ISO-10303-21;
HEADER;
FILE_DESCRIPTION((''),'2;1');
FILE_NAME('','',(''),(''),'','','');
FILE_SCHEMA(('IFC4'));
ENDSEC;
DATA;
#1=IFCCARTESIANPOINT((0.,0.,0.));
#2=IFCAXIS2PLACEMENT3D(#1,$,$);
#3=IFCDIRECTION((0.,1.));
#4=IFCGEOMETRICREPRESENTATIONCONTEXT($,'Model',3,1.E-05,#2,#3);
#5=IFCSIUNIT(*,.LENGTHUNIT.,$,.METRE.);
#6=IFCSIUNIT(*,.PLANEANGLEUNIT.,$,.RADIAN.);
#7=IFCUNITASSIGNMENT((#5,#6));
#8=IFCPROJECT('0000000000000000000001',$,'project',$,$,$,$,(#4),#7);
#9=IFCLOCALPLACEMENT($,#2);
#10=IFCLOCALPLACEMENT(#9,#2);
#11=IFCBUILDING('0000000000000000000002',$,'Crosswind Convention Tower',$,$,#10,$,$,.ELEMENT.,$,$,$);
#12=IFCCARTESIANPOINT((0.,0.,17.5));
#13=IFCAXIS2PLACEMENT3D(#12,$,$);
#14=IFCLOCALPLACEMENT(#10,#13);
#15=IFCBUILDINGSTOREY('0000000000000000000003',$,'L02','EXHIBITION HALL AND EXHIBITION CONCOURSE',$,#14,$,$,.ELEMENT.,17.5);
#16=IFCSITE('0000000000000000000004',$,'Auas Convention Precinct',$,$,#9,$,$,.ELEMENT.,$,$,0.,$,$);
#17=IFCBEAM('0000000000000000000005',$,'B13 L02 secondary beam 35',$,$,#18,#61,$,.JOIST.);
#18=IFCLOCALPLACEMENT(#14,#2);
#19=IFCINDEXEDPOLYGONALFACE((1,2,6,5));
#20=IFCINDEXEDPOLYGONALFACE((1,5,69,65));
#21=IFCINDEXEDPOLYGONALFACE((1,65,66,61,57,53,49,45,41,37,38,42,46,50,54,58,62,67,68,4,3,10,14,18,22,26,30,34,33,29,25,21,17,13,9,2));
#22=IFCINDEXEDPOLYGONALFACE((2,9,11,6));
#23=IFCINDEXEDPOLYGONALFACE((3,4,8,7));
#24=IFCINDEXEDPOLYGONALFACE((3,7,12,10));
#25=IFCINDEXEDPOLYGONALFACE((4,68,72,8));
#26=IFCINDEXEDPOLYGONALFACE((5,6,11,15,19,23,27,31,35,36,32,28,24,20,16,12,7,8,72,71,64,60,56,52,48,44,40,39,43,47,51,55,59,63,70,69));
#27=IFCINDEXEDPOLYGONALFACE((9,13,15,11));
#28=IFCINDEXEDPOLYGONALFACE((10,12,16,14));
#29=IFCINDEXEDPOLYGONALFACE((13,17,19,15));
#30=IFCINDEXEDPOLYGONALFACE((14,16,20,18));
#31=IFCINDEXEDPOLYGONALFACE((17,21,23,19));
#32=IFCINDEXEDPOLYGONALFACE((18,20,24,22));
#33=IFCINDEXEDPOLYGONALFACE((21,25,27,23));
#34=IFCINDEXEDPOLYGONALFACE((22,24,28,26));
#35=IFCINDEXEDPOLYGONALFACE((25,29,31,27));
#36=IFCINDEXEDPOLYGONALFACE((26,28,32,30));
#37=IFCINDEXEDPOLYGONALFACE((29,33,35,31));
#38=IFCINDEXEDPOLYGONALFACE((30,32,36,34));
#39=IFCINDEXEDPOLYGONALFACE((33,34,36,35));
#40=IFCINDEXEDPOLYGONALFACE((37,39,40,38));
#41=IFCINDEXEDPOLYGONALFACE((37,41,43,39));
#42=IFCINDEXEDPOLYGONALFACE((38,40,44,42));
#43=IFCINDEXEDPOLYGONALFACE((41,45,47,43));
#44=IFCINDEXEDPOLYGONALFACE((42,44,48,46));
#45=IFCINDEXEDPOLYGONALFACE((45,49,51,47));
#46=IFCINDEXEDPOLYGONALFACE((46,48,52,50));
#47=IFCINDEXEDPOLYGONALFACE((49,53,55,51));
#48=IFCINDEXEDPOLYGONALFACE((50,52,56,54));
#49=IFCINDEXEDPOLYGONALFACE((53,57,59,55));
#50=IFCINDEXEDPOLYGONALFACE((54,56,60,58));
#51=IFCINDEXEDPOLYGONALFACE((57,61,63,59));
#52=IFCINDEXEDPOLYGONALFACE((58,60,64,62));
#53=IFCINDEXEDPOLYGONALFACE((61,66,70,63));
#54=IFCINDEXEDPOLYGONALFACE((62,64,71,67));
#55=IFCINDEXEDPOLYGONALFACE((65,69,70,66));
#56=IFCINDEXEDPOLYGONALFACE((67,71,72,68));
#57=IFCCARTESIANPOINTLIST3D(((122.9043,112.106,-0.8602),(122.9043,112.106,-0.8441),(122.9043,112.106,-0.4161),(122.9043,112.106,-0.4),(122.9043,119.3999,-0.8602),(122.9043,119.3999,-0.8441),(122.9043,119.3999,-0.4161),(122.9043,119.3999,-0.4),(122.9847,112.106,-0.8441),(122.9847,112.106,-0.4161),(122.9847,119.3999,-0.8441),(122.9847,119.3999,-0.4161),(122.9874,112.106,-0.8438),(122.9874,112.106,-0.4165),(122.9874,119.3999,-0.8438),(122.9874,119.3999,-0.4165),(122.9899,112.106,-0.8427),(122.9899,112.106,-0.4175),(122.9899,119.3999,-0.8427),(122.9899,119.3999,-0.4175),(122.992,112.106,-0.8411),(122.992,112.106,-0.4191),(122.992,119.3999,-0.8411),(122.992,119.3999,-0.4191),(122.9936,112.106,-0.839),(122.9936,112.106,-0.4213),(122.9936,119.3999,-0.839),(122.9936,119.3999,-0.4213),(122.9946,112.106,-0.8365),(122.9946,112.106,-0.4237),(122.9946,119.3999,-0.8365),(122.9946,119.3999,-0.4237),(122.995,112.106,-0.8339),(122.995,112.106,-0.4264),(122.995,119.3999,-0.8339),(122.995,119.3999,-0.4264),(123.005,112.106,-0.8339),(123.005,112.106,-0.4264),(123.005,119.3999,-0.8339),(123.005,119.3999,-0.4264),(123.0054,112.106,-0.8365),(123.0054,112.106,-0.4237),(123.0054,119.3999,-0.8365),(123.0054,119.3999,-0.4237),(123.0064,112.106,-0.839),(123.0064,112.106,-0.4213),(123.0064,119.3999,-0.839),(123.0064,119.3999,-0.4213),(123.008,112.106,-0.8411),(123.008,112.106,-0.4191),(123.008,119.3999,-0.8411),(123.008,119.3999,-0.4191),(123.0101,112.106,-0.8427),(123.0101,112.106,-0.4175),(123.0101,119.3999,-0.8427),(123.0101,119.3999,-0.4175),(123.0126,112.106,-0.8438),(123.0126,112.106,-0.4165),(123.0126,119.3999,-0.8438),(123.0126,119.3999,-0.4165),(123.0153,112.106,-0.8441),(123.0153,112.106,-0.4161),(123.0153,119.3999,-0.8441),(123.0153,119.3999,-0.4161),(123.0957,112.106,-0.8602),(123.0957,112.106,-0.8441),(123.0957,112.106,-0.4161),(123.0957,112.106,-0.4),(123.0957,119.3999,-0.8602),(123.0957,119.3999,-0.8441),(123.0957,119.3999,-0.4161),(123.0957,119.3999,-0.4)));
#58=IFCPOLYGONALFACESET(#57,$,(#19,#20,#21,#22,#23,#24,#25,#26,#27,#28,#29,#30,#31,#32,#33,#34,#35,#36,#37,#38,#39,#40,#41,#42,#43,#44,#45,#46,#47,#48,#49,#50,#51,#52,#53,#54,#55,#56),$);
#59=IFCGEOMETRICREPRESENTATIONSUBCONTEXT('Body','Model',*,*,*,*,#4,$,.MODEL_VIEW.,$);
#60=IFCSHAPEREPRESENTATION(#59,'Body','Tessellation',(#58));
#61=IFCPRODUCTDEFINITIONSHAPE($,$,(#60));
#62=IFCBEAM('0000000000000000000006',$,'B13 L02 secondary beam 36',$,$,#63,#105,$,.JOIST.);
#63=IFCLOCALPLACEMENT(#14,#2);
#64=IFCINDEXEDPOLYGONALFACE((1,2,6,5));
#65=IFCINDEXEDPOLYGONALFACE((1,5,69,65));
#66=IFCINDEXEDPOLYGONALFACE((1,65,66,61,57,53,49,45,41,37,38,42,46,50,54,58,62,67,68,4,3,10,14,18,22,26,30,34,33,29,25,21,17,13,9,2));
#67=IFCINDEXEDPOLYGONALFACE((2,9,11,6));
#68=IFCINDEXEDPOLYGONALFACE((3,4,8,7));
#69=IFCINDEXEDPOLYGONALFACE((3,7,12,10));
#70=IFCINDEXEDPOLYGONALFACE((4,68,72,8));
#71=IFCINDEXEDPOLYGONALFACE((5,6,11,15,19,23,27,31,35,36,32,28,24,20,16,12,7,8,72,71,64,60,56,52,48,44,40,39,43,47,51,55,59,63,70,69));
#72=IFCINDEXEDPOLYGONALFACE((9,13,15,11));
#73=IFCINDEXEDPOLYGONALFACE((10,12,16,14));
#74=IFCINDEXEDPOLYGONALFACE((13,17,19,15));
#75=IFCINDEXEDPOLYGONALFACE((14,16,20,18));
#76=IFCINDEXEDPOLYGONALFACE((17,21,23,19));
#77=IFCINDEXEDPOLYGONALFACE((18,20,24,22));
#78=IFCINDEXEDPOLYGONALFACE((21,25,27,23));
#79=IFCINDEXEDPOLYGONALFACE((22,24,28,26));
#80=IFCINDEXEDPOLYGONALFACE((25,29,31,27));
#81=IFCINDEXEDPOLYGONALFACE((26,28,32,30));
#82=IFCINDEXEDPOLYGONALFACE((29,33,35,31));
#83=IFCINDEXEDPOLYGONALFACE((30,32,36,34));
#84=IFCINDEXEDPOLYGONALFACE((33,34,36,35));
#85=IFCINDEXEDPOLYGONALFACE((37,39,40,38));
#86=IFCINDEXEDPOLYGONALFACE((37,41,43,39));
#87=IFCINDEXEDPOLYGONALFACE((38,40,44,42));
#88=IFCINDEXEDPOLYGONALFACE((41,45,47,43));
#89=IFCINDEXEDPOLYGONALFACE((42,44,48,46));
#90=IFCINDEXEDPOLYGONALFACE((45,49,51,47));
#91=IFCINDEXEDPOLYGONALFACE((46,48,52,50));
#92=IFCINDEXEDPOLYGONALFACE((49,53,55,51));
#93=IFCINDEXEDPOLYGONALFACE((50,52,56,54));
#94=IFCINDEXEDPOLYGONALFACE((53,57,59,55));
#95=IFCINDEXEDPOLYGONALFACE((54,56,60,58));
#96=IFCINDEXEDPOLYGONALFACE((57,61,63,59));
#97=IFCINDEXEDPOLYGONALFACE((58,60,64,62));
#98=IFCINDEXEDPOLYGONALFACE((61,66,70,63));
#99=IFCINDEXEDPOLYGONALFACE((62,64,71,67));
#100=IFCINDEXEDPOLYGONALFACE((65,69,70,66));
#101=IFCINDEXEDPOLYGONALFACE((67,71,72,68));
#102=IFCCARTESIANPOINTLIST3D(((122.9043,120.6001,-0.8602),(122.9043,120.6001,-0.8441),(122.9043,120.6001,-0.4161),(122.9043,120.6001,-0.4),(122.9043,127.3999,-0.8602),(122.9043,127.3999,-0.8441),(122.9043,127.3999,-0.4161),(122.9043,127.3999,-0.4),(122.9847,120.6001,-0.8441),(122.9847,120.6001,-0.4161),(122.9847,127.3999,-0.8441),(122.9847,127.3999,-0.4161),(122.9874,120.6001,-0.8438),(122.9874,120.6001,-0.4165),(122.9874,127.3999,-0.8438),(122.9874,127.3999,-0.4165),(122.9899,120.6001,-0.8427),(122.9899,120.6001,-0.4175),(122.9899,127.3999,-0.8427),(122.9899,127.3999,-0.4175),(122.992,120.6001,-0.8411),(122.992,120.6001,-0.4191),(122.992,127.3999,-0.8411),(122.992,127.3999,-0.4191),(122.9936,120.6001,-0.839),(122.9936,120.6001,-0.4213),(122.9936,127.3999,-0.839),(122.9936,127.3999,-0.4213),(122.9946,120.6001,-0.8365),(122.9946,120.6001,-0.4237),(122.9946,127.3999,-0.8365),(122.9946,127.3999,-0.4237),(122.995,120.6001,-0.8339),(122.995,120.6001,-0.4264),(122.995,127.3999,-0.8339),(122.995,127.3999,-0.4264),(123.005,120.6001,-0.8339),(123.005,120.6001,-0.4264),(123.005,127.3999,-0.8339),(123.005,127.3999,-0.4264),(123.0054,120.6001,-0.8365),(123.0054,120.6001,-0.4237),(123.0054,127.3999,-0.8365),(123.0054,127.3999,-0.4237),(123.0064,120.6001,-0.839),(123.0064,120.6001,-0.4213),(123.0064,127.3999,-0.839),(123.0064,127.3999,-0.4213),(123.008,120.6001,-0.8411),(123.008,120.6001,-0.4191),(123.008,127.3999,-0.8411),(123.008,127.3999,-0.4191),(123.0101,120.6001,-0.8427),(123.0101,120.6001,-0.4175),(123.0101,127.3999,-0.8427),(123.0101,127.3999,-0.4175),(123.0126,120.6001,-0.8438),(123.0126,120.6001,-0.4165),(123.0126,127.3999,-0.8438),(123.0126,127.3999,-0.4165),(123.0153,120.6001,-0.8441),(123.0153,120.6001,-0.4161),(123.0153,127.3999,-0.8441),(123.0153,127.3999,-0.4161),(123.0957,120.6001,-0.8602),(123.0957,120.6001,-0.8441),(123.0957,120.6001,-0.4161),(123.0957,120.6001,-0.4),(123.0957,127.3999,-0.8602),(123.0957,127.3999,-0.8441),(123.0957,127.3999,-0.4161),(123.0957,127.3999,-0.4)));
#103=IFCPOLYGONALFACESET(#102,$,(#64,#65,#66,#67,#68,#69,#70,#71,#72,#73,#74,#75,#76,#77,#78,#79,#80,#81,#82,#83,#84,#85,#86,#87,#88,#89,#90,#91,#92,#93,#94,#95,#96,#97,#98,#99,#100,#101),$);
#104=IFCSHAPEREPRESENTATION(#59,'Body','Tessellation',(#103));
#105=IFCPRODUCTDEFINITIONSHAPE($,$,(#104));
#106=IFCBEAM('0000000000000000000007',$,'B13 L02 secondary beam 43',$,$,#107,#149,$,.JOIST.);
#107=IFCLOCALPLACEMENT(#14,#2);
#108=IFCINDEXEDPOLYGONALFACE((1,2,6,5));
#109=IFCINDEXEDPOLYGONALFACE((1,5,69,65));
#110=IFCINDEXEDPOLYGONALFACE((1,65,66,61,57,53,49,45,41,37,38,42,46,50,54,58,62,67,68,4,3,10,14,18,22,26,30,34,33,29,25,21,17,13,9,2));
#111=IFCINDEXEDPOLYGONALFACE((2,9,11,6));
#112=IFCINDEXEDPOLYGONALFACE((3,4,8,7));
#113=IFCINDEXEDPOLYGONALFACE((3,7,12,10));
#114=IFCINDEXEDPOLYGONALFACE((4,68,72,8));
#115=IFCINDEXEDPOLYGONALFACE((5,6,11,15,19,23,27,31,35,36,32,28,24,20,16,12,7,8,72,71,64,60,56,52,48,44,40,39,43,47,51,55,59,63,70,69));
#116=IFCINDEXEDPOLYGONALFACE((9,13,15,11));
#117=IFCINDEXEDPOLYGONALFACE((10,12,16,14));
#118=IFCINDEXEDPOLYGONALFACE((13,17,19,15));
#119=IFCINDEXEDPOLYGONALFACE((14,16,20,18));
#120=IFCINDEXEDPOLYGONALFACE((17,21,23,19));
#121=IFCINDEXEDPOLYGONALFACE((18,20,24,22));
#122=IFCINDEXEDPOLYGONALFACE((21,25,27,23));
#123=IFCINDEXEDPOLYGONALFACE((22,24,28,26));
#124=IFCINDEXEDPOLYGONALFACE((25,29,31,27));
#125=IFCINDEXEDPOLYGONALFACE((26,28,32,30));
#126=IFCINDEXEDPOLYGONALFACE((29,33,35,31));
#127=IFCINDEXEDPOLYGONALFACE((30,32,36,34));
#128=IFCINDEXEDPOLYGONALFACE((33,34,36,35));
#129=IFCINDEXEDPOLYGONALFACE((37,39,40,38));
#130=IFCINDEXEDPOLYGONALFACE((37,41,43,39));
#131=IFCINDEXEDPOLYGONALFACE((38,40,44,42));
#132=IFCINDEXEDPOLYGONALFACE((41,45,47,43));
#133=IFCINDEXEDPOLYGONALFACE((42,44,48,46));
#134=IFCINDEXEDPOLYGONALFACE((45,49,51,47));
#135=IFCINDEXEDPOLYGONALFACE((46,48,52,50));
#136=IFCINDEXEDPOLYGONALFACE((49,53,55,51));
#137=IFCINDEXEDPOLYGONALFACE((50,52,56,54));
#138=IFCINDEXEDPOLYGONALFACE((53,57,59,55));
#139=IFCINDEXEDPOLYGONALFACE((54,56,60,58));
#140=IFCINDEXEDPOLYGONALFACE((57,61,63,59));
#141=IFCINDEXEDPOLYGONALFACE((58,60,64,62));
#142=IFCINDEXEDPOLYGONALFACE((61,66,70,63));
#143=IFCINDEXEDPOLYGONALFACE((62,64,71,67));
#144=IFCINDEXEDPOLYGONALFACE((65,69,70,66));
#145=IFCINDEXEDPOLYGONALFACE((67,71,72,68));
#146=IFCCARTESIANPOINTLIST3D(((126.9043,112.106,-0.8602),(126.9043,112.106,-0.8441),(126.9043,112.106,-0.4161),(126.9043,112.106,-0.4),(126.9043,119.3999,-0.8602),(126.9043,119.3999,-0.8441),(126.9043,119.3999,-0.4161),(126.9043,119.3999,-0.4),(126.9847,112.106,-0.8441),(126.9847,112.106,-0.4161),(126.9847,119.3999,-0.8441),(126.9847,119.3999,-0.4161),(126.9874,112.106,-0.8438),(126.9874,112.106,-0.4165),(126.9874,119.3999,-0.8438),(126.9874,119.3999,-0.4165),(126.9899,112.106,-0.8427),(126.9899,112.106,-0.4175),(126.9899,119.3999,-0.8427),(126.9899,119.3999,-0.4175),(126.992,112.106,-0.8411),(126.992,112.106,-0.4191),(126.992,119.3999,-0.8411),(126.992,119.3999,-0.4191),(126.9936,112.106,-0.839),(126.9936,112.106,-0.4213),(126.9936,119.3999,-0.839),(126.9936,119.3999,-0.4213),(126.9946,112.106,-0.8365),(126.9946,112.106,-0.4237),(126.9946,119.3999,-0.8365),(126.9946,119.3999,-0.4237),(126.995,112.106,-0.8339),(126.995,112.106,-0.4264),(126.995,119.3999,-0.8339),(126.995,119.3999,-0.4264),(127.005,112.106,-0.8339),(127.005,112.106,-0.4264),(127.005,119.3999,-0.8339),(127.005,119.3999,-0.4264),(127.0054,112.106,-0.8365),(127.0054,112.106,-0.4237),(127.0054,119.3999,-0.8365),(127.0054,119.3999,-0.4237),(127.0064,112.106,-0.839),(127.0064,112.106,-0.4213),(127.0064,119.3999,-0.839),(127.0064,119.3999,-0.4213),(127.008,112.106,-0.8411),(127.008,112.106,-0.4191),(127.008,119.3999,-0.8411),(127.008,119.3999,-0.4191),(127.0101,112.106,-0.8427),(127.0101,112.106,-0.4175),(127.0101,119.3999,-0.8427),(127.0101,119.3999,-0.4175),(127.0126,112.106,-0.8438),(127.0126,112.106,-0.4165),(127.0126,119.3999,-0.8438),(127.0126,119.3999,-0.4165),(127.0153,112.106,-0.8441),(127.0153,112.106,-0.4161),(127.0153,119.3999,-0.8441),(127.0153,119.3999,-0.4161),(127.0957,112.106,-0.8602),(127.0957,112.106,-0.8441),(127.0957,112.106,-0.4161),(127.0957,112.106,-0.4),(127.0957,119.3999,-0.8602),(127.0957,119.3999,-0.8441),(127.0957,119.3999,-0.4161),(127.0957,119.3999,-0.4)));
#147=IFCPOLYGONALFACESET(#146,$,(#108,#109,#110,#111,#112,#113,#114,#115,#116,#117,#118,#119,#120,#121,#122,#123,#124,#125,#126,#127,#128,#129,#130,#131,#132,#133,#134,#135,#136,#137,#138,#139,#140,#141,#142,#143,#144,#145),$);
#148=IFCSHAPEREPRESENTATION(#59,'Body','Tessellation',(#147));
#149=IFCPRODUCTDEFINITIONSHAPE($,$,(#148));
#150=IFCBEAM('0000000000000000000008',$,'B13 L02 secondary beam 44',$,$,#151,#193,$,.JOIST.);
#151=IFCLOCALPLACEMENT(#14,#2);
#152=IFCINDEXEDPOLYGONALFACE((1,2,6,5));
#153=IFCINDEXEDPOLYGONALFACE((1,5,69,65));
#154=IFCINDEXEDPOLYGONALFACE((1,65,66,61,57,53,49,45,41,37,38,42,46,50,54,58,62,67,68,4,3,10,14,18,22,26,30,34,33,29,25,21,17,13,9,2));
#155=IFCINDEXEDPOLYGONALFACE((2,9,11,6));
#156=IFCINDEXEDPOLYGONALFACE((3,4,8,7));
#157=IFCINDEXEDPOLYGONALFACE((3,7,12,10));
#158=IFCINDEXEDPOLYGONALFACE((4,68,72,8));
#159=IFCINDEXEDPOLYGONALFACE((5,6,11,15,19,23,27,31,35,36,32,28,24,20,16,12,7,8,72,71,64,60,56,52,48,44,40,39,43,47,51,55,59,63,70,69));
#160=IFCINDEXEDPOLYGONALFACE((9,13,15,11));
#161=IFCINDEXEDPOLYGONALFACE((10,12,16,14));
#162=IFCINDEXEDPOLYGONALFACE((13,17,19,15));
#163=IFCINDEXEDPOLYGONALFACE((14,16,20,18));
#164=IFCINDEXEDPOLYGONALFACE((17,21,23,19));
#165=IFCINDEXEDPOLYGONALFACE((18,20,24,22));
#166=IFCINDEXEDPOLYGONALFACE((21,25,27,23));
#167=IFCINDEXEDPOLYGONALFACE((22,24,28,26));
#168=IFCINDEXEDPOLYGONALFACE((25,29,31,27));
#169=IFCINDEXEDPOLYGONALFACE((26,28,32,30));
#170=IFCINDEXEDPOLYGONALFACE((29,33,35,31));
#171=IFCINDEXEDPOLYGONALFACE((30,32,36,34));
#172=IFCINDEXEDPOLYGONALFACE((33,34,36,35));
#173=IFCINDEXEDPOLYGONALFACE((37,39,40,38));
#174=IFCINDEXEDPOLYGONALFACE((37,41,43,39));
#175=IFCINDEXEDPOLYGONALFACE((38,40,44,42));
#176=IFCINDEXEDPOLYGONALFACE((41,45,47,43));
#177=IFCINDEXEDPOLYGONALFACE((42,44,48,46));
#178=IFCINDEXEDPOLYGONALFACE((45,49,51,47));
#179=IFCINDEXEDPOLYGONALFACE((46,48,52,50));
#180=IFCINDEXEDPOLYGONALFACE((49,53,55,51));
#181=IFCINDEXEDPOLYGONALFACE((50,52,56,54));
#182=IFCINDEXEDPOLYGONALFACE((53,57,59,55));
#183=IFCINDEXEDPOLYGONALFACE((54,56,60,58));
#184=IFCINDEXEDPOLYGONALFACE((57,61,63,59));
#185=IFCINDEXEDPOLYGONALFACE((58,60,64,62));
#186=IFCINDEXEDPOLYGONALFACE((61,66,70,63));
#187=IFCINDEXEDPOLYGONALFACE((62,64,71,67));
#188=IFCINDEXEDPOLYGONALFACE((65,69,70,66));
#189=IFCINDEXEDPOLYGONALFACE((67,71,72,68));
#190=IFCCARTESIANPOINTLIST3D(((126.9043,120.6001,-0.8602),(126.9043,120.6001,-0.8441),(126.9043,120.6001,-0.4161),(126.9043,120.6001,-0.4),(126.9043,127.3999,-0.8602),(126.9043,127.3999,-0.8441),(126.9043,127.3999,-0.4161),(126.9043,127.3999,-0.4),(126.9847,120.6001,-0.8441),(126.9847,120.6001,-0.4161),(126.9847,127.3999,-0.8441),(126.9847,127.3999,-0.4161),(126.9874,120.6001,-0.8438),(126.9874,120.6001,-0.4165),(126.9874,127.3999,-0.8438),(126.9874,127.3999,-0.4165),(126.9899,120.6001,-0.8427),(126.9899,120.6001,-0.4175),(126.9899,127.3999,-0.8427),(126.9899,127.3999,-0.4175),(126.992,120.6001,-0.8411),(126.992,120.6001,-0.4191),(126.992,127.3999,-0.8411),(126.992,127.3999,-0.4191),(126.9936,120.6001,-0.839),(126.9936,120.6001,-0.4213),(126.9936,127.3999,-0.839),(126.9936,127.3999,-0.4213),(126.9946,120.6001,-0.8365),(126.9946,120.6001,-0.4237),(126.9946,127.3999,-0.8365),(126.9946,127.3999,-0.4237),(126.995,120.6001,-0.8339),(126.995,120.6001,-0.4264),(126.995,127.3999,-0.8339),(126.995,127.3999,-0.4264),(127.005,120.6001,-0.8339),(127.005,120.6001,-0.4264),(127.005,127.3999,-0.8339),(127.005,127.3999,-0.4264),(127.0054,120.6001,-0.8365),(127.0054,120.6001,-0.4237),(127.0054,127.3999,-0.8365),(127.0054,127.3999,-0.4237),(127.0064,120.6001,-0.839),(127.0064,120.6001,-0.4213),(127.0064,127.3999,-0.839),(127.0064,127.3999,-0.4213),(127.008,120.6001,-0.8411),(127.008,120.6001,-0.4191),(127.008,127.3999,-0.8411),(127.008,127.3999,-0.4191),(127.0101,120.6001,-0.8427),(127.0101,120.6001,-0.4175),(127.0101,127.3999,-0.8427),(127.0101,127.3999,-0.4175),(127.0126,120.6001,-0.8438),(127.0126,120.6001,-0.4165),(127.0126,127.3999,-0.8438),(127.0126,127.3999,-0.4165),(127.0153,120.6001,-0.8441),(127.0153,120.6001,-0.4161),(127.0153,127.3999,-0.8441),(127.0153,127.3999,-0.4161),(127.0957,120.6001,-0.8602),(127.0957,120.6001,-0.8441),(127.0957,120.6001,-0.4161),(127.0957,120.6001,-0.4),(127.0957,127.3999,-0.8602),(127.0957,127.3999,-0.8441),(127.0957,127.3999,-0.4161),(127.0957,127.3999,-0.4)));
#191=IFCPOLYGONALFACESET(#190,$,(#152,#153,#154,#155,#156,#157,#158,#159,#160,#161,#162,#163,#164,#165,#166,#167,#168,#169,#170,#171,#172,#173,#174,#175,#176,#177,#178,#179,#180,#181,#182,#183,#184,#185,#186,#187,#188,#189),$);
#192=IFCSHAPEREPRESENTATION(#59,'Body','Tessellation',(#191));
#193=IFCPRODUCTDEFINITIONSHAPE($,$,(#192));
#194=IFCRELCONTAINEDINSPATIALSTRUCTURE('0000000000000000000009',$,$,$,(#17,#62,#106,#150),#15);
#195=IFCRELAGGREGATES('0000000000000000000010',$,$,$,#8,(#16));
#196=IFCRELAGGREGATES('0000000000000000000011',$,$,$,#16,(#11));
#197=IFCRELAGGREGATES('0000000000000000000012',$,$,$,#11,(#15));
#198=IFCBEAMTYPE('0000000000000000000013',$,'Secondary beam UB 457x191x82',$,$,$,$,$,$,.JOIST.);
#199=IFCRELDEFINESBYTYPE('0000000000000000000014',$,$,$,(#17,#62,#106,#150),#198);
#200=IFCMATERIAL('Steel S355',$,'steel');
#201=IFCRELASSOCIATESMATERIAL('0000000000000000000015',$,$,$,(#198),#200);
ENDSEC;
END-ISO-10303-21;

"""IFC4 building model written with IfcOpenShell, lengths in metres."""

from ifc_helpers import new_model, si_unit, direction, frame, origin, origin_2d, place, context, subcontext, project, spatial, i_section, extrude, material, material_profile, profile_set, type_object, element, save


model = new_model("IFC4")

# Units and contexts
model_context = context("Model", 3, precision=1e-05, world=origin(), true_north=direction((0.0, 1.0)))
body_context = subcontext(model_context, "Body", "Model", "MODEL_VIEW")
ifc_project = project(units=[si_unit("LENGTHUNIT", "METRE"), si_unit("PLANEANGLEUNIT", "RADIAN")], contexts=[model_context])

# Site, building, storey
site_placement = place(None, origin())
site = spatial("IfcSite", under=ifc_project, at=site_placement, Name="Auas Convention Precinct", CompositionType="ELEMENT", RefElevation=0.0)
building_placement = place(site_placement, origin())
building = spatial("IfcBuilding", under=site, at=building_placement, Name="Crosswind Convention Tower", CompositionType="ELEMENT")
storey_placement = place(building_placement, frame((0.0, 0.0, 17.5)))
storey = spatial("IfcBuildingStorey", under=building, at=storey_placement, Name="L02", Description="EXHIBITION HALL AND EXHIBITION CONCOURSE", CompositionType="ELEMENT", Elevation=17.5)

# Shared definitions
ifc_material_1 = material(Name="Steel S355", Category="steel")

# Beams
ifc_material_profile_1 = material_profile(ifc_material_1, i_section(OverallWidth=0.1914, OverallDepth=0.4602, WebThickness=0.01, FlangeThickness=0.0161, FilletRadius=0.0103, at=origin_2d()), Name="UB 457x191x82")
ifc_profile_set_1 = profile_set([ifc_material_profile_1], Name="Steel S355")
beam_type_1 = type_object("IfcBeamType", Name="Secondary beam UB 457x191x82", PredefinedType="JOIST", material=ifc_profile_set_1)
beam_1_placement = place(storey_placement, frame((123.0, 112.106, -0.6301), z_axis=(0.0, 1.0, 0.0), x_axis=(-1.0, 0.0, 0.0)))
element("IfcBeam", 1, at=beam_1_placement, inside=storey, type_object=beam_type_1, Name="B13 L02 secondary beam 35", PredefinedType="JOIST", context=body_context, shape_type="SweptSolid", body=[
    extrude(i_section(OverallWidth=0.1914, OverallDepth=0.4602, WebThickness=0.01, FlangeThickness=0.0161, FilletRadius=0.0103, at=origin_2d()), origin(), (0.0, 0.0, 1.0), 7.2939),
])
beam_2_placement = place(storey_placement, frame((123.0, 120.6001, -0.6301), z_axis=(0.0, 1.0, 0.0), x_axis=(-1.0, 0.0, 0.0)))
element("IfcBeam", 2, at=beam_2_placement, inside=storey, type_object=beam_type_1, Name="B13 L02 secondary beam 36", PredefinedType="JOIST", context=body_context, shape_type="SweptSolid", body=[
    extrude(i_section(OverallWidth=0.1914, OverallDepth=0.4602, WebThickness=0.01, FlangeThickness=0.0161, FilletRadius=0.0103, at=origin_2d()), origin(), (0.0, 0.0, 1.0), 6.7998),
])
beam_3_placement = place(storey_placement, frame((127.0, 112.106, -0.6301), z_axis=(0.0, 1.0, 0.0), x_axis=(-1.0, 0.0, 0.0)))
element("IfcBeam", 3, at=beam_3_placement, inside=storey, type_object=beam_type_1, Name="B13 L02 secondary beam 43", PredefinedType="JOIST", context=body_context, shape_type="SweptSolid", body=[
    extrude(i_section(OverallWidth=0.1914, OverallDepth=0.4602, WebThickness=0.01, FlangeThickness=0.0161, FilletRadius=0.0103, at=origin_2d()), origin(), (0.0, 0.0, 1.0), 7.2939),
])
beam_4_placement = place(storey_placement, frame((127.0, 120.6001, -0.6301), z_axis=(0.0, 1.0, 0.0), x_axis=(-1.0, 0.0, 0.0)))
element("IfcBeam", 4, at=beam_4_placement, inside=storey, type_object=beam_type_1, Name="B13 L02 secondary beam 44", PredefinedType="JOIST", context=body_context, shape_type="SweptSolid", body=[
    extrude(i_section(OverallWidth=0.1914, OverallDepth=0.4602, WebThickness=0.01, FlangeThickness=0.0161, FilletRadius=0.0103, at=origin_2d()), origin(), (0.0, 0.0, 1.0), 6.7998),
])

save(model, "model.ifc")
